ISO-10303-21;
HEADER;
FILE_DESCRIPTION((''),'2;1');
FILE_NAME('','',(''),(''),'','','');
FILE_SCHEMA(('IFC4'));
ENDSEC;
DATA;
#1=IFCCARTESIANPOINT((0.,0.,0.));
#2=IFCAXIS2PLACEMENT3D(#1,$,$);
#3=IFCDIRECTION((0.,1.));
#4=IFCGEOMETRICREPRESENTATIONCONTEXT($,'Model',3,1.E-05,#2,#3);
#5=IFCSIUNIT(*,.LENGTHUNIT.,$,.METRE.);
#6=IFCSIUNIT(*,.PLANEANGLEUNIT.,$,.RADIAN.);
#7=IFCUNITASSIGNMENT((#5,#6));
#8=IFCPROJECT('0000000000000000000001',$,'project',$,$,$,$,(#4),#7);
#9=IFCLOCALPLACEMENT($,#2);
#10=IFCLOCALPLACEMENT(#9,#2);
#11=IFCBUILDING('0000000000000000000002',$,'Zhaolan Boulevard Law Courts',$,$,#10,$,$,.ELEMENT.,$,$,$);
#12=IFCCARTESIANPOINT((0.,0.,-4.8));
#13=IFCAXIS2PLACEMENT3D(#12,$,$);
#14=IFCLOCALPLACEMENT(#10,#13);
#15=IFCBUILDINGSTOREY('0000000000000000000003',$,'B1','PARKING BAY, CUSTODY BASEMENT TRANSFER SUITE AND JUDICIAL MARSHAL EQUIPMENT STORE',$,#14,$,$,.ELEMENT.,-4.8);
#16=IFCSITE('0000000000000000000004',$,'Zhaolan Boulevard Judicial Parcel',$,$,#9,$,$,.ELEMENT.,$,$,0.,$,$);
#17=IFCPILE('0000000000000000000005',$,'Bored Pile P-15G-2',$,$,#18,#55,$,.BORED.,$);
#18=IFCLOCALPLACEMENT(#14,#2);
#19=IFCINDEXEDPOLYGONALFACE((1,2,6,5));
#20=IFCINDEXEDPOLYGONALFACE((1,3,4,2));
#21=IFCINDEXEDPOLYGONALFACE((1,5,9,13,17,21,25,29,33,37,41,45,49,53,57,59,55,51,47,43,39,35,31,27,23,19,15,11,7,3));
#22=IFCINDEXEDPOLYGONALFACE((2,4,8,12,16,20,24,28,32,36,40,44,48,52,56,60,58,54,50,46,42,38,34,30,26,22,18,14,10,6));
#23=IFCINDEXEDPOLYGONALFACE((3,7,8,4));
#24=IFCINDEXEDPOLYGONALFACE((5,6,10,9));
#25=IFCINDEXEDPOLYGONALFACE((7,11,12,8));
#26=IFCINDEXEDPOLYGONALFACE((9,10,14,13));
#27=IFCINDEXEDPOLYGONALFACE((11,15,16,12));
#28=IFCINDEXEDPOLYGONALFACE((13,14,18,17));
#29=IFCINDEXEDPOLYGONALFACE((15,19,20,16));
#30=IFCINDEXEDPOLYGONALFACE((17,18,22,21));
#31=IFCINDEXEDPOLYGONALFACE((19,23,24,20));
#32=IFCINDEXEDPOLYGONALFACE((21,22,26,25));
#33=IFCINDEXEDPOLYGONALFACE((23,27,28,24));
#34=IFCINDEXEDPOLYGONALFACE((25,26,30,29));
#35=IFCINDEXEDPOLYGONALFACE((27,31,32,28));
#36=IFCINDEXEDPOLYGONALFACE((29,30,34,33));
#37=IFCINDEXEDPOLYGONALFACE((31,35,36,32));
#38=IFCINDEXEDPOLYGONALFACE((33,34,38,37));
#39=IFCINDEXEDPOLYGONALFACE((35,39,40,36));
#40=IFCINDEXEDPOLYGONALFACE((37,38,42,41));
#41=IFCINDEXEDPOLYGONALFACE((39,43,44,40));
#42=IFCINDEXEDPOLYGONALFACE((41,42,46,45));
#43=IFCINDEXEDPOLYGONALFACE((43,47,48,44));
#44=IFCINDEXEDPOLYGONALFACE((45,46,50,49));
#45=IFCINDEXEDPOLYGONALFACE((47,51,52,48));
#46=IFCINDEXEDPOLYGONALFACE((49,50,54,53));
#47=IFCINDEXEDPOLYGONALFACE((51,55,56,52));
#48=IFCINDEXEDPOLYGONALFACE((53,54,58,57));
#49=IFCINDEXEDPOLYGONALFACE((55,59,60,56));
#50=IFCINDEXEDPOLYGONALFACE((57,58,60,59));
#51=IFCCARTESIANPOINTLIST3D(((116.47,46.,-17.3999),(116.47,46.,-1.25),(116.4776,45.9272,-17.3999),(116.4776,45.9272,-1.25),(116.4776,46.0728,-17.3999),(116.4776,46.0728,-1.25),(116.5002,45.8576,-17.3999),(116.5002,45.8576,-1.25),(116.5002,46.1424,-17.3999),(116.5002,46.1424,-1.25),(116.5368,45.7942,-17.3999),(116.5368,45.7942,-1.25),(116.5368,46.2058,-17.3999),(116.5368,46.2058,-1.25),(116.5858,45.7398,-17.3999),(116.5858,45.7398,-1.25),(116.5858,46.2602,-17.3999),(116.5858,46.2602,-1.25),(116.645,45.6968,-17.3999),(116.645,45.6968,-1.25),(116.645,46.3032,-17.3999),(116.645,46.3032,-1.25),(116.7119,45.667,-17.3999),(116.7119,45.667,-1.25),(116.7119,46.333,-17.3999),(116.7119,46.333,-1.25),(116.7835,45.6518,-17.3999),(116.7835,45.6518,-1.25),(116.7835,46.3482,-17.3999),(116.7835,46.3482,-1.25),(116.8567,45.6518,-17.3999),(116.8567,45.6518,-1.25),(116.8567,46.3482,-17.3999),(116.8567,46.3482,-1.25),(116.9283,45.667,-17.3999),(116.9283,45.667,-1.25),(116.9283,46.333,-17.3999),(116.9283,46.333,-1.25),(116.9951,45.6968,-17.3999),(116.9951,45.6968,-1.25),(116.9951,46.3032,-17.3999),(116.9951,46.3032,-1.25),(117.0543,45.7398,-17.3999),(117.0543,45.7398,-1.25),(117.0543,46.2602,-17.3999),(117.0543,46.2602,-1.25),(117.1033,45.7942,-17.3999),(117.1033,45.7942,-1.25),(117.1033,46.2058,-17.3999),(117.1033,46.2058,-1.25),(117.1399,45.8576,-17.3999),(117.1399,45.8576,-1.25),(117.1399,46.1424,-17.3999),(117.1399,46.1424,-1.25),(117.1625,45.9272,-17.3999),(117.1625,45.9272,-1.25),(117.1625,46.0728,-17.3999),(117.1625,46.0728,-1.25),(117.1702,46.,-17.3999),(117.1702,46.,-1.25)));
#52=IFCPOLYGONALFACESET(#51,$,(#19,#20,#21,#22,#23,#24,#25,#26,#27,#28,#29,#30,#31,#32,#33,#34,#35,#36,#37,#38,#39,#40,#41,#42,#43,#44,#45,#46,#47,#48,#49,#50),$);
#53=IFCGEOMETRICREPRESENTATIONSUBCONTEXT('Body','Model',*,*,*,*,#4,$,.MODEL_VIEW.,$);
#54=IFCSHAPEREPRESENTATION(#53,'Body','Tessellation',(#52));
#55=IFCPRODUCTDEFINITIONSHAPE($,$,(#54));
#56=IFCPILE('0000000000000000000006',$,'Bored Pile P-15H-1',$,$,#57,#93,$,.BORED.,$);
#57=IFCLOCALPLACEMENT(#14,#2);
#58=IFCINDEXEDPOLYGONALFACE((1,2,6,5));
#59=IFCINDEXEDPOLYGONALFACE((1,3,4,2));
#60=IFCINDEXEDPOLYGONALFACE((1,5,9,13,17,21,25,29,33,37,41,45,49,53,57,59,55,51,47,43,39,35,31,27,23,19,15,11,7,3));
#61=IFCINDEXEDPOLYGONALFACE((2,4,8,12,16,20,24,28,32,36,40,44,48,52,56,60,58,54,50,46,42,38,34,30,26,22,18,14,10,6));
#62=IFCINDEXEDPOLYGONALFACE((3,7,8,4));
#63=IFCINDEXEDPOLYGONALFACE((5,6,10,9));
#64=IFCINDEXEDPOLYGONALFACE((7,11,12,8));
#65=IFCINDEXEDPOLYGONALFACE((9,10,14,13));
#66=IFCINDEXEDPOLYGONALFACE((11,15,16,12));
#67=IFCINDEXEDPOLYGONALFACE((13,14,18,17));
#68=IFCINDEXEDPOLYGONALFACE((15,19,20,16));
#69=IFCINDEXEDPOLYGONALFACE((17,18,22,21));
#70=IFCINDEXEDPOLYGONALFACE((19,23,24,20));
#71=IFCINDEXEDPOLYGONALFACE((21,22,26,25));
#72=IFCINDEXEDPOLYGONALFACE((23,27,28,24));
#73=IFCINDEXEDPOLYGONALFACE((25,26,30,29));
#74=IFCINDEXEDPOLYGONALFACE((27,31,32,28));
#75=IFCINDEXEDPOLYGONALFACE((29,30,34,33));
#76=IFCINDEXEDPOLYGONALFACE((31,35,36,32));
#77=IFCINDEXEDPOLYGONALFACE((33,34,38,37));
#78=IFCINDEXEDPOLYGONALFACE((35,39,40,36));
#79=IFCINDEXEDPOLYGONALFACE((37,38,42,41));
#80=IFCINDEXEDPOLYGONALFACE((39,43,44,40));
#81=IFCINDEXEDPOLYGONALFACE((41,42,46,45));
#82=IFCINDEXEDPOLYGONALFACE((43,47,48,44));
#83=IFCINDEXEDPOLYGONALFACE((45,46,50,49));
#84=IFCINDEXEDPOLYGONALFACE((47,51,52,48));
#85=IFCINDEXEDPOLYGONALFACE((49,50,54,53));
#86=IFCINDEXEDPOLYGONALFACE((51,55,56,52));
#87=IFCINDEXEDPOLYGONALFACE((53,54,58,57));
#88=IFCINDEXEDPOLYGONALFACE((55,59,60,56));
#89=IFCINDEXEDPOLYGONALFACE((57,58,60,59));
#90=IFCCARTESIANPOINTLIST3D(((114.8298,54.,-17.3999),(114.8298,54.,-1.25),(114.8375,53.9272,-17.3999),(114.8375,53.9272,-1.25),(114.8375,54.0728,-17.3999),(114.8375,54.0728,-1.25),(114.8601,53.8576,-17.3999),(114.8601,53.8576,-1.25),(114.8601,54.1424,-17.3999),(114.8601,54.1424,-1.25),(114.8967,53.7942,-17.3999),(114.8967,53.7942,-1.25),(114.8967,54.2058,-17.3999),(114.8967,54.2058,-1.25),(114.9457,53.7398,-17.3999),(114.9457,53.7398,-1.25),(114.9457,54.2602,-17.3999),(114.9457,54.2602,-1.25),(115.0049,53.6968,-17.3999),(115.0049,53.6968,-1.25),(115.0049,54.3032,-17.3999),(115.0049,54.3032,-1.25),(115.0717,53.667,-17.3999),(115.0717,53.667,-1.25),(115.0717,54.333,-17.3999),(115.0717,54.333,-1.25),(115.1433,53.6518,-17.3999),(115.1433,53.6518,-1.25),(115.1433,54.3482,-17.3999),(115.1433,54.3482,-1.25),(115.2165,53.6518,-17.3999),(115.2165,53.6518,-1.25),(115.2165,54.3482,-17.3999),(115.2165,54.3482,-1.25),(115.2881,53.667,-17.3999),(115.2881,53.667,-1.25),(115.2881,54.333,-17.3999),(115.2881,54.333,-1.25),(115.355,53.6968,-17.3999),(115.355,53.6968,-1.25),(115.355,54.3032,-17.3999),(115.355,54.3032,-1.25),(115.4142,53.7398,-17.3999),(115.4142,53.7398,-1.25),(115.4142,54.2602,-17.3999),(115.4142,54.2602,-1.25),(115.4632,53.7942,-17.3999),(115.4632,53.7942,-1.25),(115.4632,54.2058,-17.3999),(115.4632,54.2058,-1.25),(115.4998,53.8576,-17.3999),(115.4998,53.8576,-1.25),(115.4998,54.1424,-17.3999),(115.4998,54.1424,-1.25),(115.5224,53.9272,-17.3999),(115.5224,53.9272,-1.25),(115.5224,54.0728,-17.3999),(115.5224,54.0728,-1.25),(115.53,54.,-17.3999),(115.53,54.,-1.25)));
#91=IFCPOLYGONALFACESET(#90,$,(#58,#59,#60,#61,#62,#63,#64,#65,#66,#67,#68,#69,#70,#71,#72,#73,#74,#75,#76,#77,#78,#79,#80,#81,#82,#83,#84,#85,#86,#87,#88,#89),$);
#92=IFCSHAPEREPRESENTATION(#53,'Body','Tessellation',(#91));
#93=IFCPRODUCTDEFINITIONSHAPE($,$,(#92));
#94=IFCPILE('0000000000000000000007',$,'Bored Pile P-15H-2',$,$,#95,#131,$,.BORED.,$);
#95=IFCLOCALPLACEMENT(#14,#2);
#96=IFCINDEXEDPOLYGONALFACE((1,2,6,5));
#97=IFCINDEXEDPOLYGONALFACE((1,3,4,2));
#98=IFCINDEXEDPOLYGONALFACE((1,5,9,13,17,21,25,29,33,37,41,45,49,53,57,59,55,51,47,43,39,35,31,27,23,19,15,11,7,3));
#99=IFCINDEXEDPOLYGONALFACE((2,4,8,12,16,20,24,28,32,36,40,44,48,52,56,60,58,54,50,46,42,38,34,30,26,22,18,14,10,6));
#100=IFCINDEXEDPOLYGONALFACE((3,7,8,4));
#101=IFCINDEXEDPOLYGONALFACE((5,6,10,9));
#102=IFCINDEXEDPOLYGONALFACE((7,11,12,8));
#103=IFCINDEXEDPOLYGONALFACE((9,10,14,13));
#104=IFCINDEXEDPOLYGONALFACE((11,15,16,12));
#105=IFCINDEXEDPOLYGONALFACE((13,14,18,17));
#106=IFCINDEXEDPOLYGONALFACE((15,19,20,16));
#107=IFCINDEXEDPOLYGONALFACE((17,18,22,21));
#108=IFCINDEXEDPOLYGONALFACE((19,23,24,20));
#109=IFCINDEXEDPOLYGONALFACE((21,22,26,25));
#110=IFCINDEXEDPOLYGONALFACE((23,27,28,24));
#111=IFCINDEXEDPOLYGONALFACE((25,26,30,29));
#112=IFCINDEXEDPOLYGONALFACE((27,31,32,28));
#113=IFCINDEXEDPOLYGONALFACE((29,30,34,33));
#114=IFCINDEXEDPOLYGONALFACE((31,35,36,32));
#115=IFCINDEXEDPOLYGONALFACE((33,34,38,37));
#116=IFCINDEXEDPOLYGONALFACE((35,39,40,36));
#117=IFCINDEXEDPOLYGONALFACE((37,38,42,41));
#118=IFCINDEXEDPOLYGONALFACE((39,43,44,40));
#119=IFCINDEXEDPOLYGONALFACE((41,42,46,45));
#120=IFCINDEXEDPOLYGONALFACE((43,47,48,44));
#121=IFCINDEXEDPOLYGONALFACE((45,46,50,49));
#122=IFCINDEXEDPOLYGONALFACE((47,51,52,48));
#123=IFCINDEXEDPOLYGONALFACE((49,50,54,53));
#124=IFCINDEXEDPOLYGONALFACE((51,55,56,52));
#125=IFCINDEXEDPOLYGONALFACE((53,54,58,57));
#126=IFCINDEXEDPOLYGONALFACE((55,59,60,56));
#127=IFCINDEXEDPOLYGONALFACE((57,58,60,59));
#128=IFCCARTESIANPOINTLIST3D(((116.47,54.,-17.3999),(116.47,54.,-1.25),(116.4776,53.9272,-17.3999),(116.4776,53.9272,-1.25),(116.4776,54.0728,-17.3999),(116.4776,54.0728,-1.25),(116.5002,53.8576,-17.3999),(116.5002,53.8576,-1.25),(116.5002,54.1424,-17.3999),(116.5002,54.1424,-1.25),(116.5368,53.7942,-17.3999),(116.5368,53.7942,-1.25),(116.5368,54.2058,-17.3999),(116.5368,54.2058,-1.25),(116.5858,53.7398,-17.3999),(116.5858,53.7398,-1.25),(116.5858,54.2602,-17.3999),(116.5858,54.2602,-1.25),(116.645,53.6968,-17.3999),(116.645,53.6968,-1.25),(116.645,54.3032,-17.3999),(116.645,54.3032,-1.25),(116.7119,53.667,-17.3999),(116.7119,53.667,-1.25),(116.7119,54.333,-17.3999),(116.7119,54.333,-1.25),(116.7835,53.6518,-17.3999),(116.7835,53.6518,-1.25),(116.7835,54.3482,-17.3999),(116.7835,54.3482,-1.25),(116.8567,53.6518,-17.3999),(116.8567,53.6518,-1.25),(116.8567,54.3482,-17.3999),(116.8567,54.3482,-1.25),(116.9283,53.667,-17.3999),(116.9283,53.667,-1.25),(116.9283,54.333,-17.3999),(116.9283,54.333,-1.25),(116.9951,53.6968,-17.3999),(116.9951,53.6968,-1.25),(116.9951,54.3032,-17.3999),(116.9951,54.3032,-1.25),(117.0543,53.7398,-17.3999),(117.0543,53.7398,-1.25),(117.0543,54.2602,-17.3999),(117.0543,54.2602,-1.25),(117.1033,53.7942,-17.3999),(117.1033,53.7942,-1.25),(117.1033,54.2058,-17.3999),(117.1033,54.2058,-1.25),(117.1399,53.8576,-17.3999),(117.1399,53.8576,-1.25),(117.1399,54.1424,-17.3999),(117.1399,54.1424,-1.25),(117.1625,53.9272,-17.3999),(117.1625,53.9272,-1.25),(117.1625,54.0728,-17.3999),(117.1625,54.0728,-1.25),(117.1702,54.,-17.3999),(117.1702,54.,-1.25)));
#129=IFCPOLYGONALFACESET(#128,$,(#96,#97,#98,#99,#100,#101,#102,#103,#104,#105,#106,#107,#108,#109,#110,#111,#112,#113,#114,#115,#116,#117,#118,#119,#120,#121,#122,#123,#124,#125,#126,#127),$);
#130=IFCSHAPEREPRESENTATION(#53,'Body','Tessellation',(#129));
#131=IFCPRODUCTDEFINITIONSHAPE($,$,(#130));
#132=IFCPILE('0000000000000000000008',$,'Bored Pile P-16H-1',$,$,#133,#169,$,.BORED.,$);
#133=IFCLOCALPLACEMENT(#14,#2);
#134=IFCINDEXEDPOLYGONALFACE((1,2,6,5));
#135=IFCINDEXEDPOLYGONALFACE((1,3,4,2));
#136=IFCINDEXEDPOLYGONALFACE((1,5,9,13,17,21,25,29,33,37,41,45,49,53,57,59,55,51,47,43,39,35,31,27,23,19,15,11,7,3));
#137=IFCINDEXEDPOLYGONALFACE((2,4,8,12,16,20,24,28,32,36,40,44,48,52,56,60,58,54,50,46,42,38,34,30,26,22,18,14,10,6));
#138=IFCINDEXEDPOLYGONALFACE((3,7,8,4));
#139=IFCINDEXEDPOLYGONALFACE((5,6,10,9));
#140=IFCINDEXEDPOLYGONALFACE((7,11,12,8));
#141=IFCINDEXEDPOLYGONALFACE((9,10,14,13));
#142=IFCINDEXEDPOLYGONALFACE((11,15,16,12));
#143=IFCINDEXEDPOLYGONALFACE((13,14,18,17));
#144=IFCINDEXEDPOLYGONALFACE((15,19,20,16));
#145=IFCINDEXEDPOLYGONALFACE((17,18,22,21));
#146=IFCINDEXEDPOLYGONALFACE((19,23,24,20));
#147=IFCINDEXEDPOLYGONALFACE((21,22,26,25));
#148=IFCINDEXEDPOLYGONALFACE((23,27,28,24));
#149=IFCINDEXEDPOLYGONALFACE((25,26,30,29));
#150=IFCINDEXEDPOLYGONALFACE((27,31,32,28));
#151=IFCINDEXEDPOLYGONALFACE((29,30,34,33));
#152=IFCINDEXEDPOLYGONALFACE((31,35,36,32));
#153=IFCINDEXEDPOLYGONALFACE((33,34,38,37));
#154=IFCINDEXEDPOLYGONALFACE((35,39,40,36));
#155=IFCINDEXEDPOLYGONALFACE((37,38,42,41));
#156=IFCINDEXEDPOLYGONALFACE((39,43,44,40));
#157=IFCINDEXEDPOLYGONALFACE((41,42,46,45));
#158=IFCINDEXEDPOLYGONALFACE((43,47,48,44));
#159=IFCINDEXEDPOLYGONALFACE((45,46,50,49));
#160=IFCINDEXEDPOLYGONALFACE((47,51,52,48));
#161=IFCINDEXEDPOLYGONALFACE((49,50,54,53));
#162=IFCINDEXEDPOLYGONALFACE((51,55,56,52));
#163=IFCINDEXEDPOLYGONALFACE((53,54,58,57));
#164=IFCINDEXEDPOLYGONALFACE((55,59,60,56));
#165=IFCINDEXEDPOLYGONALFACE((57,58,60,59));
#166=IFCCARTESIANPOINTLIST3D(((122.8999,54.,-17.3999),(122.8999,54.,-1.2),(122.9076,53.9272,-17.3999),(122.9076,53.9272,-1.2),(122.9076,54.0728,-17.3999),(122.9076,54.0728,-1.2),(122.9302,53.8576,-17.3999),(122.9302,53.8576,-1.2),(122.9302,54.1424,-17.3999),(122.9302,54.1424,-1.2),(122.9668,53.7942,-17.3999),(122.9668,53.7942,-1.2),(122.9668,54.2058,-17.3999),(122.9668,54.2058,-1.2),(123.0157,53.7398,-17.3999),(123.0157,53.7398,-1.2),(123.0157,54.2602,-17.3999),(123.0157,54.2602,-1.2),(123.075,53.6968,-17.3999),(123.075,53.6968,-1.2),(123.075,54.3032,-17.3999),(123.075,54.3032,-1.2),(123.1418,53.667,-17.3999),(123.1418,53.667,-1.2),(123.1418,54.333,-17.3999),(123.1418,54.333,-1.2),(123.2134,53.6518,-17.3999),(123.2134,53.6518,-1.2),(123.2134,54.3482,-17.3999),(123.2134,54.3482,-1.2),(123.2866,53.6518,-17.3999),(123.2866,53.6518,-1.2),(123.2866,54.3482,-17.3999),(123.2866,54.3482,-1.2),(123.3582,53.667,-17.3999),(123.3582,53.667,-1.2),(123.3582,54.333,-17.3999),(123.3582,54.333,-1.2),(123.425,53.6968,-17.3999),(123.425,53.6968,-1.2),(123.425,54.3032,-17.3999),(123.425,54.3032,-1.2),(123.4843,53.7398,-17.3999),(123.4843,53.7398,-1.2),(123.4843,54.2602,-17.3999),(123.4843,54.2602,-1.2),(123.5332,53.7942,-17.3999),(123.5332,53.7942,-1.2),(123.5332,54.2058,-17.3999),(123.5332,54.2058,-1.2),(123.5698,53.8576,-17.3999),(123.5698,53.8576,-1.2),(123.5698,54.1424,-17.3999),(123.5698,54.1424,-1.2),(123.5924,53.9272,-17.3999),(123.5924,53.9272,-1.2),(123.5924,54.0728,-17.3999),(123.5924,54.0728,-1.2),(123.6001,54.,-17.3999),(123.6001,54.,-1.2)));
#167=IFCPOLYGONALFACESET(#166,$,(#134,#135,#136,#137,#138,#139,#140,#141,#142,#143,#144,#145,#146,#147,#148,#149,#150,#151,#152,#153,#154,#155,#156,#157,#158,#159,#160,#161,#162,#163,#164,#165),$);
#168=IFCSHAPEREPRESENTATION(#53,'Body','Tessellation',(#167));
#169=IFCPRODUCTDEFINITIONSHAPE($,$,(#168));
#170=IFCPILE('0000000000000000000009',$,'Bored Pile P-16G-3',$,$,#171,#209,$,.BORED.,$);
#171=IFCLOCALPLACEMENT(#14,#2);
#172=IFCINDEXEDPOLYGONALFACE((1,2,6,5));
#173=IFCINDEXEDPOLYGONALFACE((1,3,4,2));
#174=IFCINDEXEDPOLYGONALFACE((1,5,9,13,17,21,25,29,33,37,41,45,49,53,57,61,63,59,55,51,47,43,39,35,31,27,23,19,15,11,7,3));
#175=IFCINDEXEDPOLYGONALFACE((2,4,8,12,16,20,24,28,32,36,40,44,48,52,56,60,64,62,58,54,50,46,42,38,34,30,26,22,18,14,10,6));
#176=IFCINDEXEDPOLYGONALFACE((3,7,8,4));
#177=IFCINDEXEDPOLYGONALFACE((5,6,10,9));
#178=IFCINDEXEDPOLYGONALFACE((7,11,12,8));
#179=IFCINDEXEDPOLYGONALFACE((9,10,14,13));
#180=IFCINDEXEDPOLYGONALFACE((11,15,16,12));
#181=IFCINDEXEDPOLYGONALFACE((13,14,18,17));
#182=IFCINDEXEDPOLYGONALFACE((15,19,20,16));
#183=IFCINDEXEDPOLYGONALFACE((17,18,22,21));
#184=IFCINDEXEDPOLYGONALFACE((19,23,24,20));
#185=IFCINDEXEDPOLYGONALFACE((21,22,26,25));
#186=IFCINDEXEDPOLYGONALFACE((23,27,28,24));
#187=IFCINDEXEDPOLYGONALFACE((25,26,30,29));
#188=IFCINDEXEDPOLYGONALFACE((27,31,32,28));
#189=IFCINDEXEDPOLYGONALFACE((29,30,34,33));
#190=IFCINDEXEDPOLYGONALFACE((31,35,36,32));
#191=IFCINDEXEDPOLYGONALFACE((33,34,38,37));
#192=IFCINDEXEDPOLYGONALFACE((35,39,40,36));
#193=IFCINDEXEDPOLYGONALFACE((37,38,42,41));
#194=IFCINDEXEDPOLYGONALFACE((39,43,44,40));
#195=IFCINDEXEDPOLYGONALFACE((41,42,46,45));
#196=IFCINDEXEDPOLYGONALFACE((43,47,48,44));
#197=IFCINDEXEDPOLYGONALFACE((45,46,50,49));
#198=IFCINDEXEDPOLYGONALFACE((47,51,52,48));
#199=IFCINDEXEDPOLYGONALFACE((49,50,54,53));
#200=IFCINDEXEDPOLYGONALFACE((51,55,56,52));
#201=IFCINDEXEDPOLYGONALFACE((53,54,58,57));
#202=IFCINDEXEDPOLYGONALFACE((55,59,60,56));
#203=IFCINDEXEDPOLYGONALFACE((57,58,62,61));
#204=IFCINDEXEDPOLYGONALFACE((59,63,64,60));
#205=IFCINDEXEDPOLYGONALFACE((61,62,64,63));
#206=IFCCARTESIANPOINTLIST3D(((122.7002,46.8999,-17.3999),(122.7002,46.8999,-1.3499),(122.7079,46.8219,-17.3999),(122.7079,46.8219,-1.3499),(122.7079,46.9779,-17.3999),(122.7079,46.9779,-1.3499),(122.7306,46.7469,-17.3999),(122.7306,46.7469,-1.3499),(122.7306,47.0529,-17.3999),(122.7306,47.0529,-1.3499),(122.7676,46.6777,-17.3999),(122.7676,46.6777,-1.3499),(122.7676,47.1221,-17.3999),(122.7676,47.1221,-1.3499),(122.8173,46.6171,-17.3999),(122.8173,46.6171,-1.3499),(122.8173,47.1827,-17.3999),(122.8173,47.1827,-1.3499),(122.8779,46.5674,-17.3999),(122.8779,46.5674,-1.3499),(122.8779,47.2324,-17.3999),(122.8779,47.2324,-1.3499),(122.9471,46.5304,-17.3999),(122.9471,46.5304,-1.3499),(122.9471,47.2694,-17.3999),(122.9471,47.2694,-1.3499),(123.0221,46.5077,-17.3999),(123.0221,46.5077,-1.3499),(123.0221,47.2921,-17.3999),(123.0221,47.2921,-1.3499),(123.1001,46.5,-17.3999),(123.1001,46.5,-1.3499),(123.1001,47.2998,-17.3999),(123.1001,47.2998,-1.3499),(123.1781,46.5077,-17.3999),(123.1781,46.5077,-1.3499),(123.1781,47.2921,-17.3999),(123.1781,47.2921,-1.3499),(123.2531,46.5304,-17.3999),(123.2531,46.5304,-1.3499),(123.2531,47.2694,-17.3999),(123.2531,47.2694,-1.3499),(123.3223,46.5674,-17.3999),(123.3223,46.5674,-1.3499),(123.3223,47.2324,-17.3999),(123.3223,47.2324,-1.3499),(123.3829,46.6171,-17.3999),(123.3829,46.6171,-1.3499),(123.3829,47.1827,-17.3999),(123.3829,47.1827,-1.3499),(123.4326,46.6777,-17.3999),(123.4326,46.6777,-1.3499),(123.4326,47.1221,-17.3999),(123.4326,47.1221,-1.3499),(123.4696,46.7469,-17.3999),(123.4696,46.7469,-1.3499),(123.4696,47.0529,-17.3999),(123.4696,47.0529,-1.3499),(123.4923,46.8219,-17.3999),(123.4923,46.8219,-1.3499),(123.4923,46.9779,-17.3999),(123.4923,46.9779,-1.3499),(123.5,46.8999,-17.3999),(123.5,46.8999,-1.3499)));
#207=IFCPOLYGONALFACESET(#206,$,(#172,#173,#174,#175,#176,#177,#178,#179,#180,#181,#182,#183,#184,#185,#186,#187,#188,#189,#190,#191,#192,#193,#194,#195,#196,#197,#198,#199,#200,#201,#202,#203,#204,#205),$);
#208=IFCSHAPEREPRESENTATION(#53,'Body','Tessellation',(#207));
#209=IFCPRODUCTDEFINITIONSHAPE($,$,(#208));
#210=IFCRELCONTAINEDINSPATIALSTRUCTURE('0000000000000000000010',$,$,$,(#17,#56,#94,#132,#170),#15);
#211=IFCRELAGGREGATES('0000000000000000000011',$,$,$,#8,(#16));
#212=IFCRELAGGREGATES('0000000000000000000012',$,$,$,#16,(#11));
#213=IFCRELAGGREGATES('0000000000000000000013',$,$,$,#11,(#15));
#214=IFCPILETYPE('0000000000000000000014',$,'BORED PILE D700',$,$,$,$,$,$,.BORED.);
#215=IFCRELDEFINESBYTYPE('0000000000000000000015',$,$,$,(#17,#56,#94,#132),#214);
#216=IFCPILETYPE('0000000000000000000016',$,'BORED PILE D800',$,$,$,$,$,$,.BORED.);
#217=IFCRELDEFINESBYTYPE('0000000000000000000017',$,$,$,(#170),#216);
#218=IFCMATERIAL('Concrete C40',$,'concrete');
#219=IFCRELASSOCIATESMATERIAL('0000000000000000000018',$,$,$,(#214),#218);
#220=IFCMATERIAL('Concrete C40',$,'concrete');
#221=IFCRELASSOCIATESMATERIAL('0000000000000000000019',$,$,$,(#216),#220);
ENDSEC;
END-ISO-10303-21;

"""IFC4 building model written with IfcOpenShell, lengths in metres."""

from ifc_helpers import new_model, si_unit, direction, frame, origin, origin_2d, place, context, subcontext, project, spatial, circle, extrude, material, material_profile, profile_set, type_object, element, save


model = new_model("IFC4")

# Units and contexts
model_context = context("Model", 3, precision=1e-05, world=origin(), true_north=direction((0.0, 1.0)))
body_context = subcontext(model_context, "Body", "Model", "MODEL_VIEW")
ifc_project = project(units=[si_unit("LENGTHUNIT", "METRE"), si_unit("PLANEANGLEUNIT", "RADIAN")], contexts=[model_context])

# Site, building, storey
site_placement = place(None, origin())
site = spatial("IfcSite", under=ifc_project, at=site_placement, Name="Zhaolan Boulevard Judicial Parcel", CompositionType="ELEMENT", RefElevation=0.0)
building_placement = place(site_placement, origin())
building = spatial("IfcBuilding", under=site, at=building_placement, Name="Zhaolan Boulevard Law Courts", CompositionType="ELEMENT")
storey_placement = place(building_placement, frame((0.0, 0.0, -4.8)))
storey = spatial("IfcBuildingStorey", under=building, at=storey_placement, Name="B1", Description="PARKING BAY, CUSTODY BASEMENT TRANSFER SUITE AND JUDICIAL MARSHAL EQUIPMENT STORE", CompositionType="ELEMENT", Elevation=-4.8)

# Piles
ifc_material_1 = material(Name="Concrete C40", Category="concrete")
ifc_material_profile_1 = material_profile(ifc_material_1, circle(Radius=0.3501, at=origin_2d()), Name="PILE-D700")
ifc_profile_set_1 = profile_set([ifc_material_profile_1], Name="Concrete C40")
pile_type_1 = type_object("IfcPileType", Name="BORED PILE D700", PredefinedType="BORED", material=ifc_profile_set_1)
for number, where, z_axis, x_axis, name in (
    (1, (116.8201, 46.0, -1.25), (0.0, 0.0, -1.0), (1.0, 0.0, 0.0), "Bored Pile P-15G-2"),
    (2, (115.1799, 54.0, -1.25), (0.0, 0.0, -1.0), (1.0, 0.0, 0.0), "Bored Pile P-15H-1"),
    (3, (116.8201, 54.0, -1.25), (0.0, 0.0, -1.0), (1.0, 0.0, 0.0), "Bored Pile P-15H-2"),
):
    element("IfcPile", number, at=place(storey_placement, frame(where, z_axis=z_axis, x_axis=x_axis)), inside=storey, type_object=pile_type_1, Name=name, PredefinedType="BORED", context=body_context, shape_type="SweptSolid", body=[
        extrude(circle(Radius=0.3501, at=origin_2d()), origin(), (0.0, 0.0, 1.0), 16.1499),
    ])
pile_1_placement = place(storey_placement, frame((123.25, 54.0, -1.2), z_axis=(0.0, 0.0, -1.0), x_axis=(1.0, 0.0, 0.0)))
element("IfcPile", 4, at=pile_1_placement, inside=storey, type_object=pile_type_1, Name="Bored Pile P-16H-1", PredefinedType="BORED", context=body_context, shape_type="SweptSolid", body=[
    extrude(circle(Radius=0.3501, at=origin_2d()), origin(), (0.0, 0.0, 1.0), 16.2),
])
ifc_material_2 = material(Name="Concrete C40", Category="concrete")
ifc_material_profile_2 = material_profile(ifc_material_2, circle(Radius=0.3999, at=origin_2d()), Name="PILE-D800")
ifc_profile_set_2 = profile_set([ifc_material_profile_2], Name="Concrete C40")
pile_type_2 = type_object("IfcPileType", Name="BORED PILE D800", PredefinedType="BORED", material=ifc_profile_set_2)
pile_2_placement = place(storey_placement, frame((123.1001, 46.8999, -1.3499), z_axis=(0.0, 0.0, -1.0), x_axis=(1.0, 0.0, 0.0)))
element("IfcPile", 5, at=pile_2_placement, inside=storey, type_object=pile_type_2, Name="Bored Pile P-16G-3", PredefinedType="BORED", context=body_context, shape_type="SweptSolid", body=[
    extrude(circle(Radius=0.3999, at=origin_2d()), origin(), (0.0, 0.0, 1.0), 16.05),
])

save(model, "model.ifc")
